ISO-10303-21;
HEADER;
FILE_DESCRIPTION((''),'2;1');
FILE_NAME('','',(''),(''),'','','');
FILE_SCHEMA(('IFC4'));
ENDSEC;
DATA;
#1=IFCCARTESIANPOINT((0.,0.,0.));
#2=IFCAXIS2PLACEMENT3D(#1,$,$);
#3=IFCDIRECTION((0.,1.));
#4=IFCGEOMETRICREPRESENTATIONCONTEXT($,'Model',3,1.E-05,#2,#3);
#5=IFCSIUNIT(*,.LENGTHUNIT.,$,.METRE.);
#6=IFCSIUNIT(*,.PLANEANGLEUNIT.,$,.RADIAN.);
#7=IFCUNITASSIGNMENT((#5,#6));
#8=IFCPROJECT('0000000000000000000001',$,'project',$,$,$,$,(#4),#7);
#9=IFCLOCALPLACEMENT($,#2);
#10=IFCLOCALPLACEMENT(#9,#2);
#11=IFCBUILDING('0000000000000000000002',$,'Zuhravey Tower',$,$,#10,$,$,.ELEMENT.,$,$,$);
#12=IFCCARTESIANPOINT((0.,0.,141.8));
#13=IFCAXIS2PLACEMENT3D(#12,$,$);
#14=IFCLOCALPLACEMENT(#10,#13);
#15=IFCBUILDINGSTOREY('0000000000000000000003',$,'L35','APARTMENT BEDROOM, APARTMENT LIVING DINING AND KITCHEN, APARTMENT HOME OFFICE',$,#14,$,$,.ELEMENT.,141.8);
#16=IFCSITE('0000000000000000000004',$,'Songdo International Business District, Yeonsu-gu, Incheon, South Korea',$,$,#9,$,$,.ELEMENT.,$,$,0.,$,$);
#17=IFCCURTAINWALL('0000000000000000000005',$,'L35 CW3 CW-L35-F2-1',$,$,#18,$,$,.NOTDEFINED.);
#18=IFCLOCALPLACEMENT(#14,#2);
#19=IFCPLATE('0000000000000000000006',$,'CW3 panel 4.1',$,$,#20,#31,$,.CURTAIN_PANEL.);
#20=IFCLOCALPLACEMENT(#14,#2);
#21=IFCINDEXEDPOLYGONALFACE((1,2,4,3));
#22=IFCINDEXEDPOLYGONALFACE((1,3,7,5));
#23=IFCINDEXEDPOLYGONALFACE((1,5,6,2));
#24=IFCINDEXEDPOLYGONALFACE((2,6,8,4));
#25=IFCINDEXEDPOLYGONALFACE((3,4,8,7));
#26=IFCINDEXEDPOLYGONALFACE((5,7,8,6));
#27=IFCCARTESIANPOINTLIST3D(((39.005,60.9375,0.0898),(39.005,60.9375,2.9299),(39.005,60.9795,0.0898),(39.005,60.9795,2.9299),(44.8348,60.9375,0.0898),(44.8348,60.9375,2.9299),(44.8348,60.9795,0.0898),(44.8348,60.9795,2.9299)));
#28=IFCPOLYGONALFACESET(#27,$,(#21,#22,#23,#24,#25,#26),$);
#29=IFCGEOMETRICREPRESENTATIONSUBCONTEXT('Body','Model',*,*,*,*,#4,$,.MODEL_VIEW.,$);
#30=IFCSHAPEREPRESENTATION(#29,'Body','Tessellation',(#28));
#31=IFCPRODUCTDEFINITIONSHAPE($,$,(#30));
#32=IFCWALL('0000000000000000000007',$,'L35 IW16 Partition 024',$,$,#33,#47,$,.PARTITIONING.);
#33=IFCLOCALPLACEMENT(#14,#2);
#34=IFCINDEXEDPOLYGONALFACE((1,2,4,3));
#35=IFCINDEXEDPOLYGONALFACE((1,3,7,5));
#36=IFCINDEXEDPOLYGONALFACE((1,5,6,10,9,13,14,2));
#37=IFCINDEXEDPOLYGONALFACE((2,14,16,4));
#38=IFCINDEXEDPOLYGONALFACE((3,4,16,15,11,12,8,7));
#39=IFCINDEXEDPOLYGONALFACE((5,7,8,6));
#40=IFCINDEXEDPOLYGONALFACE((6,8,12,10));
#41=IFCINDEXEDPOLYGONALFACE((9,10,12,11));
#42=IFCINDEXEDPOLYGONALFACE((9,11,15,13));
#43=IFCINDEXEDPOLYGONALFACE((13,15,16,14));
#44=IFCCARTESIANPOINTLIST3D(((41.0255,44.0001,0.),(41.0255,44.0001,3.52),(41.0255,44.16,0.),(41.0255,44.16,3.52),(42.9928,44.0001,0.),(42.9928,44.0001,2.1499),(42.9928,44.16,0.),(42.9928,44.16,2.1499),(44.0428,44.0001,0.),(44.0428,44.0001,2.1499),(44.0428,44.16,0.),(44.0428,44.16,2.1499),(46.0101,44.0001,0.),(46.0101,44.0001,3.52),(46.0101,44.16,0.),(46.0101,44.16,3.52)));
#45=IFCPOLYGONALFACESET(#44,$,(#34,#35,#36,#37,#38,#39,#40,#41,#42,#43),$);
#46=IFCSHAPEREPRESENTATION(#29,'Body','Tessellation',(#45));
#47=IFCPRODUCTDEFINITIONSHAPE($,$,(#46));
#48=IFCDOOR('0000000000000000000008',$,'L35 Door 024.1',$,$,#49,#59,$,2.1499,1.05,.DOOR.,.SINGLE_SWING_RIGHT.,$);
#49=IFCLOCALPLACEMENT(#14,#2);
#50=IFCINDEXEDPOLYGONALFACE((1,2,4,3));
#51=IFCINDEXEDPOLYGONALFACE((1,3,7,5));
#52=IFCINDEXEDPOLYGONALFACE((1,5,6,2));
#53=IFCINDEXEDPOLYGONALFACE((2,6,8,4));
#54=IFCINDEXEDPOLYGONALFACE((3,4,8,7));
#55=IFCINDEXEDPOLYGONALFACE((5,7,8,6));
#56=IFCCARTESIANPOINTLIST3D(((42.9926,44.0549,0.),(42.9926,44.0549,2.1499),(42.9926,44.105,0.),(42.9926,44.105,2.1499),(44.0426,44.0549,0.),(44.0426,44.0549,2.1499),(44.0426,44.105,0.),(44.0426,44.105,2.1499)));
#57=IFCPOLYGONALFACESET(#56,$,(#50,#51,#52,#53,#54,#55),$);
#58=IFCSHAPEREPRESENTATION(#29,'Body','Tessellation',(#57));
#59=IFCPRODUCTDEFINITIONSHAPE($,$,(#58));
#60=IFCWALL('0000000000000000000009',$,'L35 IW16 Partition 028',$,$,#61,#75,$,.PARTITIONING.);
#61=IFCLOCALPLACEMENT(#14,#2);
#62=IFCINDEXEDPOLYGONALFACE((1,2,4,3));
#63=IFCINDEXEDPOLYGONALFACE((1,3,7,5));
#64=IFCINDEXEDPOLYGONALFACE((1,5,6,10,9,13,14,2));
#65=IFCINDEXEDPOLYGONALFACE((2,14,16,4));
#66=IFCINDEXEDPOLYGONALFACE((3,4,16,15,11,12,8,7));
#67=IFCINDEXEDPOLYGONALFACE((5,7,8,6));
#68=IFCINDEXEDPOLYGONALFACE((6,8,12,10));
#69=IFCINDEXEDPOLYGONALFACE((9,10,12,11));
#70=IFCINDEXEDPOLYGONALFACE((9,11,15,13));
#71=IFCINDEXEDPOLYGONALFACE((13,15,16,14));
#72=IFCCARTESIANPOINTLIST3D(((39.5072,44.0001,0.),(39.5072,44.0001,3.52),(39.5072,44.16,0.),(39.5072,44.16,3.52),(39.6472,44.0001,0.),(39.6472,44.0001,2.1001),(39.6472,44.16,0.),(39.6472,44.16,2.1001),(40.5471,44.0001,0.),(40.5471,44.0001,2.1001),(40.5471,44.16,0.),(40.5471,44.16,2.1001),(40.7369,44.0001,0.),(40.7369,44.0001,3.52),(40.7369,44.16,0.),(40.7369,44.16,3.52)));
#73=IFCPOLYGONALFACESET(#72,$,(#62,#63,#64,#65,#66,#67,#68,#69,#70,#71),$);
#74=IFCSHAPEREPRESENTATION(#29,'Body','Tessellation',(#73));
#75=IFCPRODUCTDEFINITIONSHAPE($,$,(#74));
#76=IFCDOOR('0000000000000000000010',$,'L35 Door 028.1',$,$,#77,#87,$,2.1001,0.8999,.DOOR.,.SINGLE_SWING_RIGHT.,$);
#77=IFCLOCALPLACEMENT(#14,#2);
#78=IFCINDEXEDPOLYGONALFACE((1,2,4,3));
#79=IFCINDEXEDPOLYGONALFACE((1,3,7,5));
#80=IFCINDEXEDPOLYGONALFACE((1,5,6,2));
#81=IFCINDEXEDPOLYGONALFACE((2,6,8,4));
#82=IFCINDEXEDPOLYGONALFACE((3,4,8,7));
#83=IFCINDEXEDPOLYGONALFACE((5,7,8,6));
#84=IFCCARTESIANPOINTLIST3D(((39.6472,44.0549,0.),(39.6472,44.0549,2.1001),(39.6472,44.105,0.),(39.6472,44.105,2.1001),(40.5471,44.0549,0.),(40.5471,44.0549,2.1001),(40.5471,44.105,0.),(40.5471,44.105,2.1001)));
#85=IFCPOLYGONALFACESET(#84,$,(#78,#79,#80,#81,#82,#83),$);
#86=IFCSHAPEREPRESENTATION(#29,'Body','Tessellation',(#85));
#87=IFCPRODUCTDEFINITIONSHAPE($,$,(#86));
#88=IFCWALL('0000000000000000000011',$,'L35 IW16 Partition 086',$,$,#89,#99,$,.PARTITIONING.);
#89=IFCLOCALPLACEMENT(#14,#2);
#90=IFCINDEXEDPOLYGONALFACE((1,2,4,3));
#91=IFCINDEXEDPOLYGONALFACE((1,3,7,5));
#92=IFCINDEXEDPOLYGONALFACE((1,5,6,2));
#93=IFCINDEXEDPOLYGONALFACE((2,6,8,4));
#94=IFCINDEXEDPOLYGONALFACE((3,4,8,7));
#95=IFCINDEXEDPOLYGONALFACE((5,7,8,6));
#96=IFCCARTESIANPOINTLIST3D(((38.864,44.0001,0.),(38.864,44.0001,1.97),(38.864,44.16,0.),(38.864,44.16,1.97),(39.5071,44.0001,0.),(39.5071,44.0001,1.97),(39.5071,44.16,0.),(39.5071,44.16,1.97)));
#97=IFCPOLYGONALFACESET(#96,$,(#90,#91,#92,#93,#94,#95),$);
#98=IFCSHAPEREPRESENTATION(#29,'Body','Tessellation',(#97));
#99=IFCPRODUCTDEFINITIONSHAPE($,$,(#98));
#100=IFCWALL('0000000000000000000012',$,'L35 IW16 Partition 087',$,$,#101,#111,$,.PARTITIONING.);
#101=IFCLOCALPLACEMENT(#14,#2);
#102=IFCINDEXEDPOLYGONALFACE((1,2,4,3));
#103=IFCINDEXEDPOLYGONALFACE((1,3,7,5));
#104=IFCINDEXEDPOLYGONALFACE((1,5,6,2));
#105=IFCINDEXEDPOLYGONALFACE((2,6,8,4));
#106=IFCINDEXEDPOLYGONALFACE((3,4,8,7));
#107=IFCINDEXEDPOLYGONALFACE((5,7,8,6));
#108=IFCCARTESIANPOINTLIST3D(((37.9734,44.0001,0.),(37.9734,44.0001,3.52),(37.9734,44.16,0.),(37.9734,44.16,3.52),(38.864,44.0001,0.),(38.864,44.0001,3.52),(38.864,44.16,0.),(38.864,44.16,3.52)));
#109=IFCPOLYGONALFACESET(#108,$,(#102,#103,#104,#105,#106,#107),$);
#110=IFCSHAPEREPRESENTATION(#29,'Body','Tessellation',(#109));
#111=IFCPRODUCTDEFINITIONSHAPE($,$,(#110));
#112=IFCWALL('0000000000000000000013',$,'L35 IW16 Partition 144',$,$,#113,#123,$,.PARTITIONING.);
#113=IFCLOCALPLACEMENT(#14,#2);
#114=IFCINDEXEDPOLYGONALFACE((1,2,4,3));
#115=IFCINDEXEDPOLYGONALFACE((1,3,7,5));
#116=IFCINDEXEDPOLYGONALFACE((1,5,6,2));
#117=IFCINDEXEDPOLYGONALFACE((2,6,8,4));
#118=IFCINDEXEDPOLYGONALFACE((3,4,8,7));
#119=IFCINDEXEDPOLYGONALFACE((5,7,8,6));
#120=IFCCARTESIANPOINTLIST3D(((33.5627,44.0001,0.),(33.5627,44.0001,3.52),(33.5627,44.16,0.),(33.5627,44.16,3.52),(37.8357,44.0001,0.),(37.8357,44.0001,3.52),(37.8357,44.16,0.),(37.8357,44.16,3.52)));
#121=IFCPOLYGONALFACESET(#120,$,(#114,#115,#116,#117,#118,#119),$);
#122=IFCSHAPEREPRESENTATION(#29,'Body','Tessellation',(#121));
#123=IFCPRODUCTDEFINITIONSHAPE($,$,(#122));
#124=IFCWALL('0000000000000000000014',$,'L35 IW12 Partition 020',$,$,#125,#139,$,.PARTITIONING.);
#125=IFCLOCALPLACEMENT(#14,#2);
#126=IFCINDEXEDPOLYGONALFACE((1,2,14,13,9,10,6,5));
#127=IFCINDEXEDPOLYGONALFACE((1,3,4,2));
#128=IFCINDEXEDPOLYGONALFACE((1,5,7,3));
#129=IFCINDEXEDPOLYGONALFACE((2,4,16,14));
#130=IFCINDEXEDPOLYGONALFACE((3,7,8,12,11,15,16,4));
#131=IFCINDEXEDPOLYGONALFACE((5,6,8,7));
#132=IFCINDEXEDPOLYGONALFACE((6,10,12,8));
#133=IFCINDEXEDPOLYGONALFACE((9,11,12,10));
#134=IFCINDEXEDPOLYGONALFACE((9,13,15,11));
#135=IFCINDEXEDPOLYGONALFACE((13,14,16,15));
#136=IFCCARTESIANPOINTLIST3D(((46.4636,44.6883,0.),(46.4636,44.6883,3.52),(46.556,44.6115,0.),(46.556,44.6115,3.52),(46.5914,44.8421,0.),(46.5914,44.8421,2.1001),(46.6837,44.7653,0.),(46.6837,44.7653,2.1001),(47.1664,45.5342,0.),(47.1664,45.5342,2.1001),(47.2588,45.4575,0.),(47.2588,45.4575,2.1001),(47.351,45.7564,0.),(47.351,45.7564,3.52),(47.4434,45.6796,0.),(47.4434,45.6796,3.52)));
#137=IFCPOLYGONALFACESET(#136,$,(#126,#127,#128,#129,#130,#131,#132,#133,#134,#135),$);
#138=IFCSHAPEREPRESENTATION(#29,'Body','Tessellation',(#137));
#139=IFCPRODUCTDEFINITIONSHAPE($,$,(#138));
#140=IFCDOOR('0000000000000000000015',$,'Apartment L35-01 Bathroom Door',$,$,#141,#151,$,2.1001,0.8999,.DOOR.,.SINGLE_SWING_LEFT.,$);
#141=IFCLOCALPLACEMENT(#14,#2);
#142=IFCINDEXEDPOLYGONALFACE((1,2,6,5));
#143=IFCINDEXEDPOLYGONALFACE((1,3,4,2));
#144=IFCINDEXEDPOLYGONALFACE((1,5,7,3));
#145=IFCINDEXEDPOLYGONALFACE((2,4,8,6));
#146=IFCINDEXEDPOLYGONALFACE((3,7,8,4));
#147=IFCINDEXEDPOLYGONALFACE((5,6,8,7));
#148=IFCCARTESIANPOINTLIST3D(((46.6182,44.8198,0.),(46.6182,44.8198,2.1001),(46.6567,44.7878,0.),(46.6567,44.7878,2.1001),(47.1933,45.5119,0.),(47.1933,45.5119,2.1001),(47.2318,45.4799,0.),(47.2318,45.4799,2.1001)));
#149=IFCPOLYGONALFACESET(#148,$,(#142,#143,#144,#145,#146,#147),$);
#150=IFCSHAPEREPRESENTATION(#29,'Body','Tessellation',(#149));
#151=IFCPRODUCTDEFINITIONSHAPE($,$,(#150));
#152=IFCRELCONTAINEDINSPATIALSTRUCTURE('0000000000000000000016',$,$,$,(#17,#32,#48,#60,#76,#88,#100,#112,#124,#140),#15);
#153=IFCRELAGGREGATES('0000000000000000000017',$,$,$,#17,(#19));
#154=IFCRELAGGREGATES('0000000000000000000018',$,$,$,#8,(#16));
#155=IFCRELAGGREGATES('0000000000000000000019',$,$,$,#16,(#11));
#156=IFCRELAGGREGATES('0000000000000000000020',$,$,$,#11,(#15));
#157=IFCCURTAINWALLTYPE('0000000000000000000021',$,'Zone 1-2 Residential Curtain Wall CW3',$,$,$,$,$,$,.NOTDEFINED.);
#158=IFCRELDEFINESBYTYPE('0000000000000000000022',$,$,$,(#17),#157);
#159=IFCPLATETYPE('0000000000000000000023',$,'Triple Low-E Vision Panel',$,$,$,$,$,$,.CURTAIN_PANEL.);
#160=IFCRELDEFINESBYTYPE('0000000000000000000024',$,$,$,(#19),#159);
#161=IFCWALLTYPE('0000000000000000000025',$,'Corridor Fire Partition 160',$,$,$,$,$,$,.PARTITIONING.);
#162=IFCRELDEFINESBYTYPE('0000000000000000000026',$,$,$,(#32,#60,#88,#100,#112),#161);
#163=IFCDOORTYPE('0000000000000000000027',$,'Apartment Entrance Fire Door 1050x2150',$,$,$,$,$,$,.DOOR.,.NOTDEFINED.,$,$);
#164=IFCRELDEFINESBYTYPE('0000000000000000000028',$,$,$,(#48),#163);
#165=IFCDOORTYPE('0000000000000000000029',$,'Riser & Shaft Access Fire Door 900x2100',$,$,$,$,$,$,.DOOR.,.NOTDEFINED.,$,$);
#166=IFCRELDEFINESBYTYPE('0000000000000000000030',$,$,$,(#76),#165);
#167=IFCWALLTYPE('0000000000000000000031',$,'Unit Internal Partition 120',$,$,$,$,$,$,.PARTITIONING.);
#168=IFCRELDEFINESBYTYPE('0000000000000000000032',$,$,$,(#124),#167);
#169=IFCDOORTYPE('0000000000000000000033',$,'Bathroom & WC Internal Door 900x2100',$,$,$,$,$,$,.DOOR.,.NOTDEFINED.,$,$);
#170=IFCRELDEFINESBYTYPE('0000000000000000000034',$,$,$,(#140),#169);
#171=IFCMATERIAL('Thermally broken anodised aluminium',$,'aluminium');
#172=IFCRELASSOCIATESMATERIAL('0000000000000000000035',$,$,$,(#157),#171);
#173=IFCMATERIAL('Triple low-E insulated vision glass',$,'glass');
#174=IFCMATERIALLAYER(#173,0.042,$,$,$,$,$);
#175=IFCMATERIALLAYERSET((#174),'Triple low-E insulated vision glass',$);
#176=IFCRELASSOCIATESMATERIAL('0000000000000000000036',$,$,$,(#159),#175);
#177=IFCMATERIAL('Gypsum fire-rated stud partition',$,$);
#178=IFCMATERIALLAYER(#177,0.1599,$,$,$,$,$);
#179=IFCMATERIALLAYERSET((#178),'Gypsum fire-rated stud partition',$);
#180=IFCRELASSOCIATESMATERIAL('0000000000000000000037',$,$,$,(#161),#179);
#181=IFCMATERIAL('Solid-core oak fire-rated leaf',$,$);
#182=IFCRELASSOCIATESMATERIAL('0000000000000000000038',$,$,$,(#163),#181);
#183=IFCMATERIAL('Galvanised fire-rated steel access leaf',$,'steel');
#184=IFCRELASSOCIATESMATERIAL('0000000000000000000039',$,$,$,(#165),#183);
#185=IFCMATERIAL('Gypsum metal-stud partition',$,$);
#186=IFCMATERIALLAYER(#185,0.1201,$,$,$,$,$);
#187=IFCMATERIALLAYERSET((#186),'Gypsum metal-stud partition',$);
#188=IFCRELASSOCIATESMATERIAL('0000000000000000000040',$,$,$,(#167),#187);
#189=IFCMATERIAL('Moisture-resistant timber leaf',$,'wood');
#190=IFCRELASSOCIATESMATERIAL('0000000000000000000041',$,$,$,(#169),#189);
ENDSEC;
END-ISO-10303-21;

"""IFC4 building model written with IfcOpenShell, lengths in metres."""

from ifc_helpers import new_model, si_unit, direction, frame, frame_2d, origin, origin_2d, place, context, subcontext, project, spatial, rectangle, extrude, material, layer, layer_set, type_object, element, fill, aggregate, save


model = new_model("IFC4")

# Units and contexts
model_context = context("Model", 3, precision=1e-05, world=origin(), true_north=direction((0.0, 1.0)))
body_context = subcontext(model_context, "Body", "Model", "MODEL_VIEW")
ifc_project = project(units=[si_unit("LENGTHUNIT", "METRE"), si_unit("PLANEANGLEUNIT", "RADIAN")], contexts=[model_context])

# Site, building, storey
site_placement = place(None, origin())
site = spatial("IfcSite", under=ifc_project, at=site_placement, Name="Songdo International Business District, Yeonsu-gu, Incheon, South Korea", CompositionType="ELEMENT", RefElevation=0.0)
building_placement = place(site_placement, origin())
building = spatial("IfcBuilding", under=site, at=building_placement, Name="Zuhravey Tower", CompositionType="ELEMENT")
storey_placement = place(building_placement, frame((0.0, 0.0, 141.8)))
storey = spatial("IfcBuildingStorey", under=building, at=storey_placement, Name="L35", Description="APARTMENT BEDROOM, APARTMENT LIVING DINING AND KITCHEN, APARTMENT HOME OFFICE", CompositionType="ELEMENT", Elevation=141.8)

# Curtain wall
ifc_material_1 = material(Name="Thermally broken anodised aluminium", Category="aluminium")
curtain_wall_type = type_object("IfcCurtainWallType", Name="Zone 1-2 Residential Curtain Wall CW3", PredefinedType="NOTDEFINED", material=ifc_material_1)
curtain_wall_placement = place(storey_placement, origin())
curtain_wall = element("IfcCurtainWall", 1, at=curtain_wall_placement, inside=storey, type_object=curtain_wall_type, Name="L35 CW3 CW-L35-F2-1", PredefinedType="NOTDEFINED")

# Plate
ifc_material_2 = material(Name="Triple low-E insulated vision glass", Category="glass")
ifc_layer_1 = layer(ifc_material_2, 0.042)
ifc_layer_set_1 = layer_set([ifc_layer_1], Name="Triple low-E insulated vision glass")
plate_type_1 = type_object("IfcPlateType", Name="Triple Low-E Vision Panel", PredefinedType="CURTAIN_PANEL", material=ifc_layer_set_1)
plate_1_placement = place(storey_placement, frame((41.9199, 60.9585, 0.0898), z_axis=(0.0, 0.0, 1.0), x_axis=(1.0, 0.0, 0.0)))
plate_1 = element("IfcPlate", 2, at=plate_1_placement, type_object=plate_type_1, Name="CW3 panel 4.1", PredefinedType="CURTAIN_PANEL", context=body_context, shape_type="SweptSolid", body=[
    extrude(rectangle(XDim=5.8298, YDim=0.042, at=origin_2d()), origin(), (0.0, 0.0, 1.0), 2.8401),
])
aggregate(curtain_wall, [plate_1])

# Walls, openings, doors
ifc_material_3 = material(Name="Gypsum fire-rated stud partition")
ifc_layer_2 = layer(ifc_material_3, 0.1599)
ifc_layer_set_2 = layer_set([ifc_layer_2], Name="Gypsum fire-rated stud partition")
wall_type_1 = type_object("IfcWallType", Name="Corridor Fire Partition 160", PredefinedType="PARTITIONING", material=ifc_layer_set_2)
wall_1_placement = place(storey_placement, frame((46.01, 44.0801, 0.0), z_axis=(0.0, 0.0, 1.0), x_axis=(-1.0, 0.0, 0.0)))
wall_1 = element("IfcWall", 3, at=wall_1_placement, inside=storey, type_object=wall_type_1, Name="L35 IW16 Partition 024", PredefinedType="PARTITIONING", context=body_context, shape_type="SweptSolid", body=[
    extrude(rectangle(XDim=4.9846, YDim=0.1599, at=frame_2d((2.4922, 0.0))), origin(), (0.0, 0.0, 1.0), 3.52),
])
opening_1_placement = place(wall_1_placement, frame((1.9673, 0.0, 0.0)))
opening_1 = element("IfcOpeningElement", 4, at=opening_1_placement, cuts=wall_1, PredefinedType="OPENING", context=body_context, shape_type="SweptSolid", body=[
    extrude(rectangle(XDim=1.05, YDim=2.1499, at=frame_2d((0.5249, 1.075))), frame((0.0, 0.092, 0.0), z_axis=(0.0, -1.0, 0.0), x_axis=(1.0, 0.0, 0.0)), (0.0, 0.0, 1.0), 0.1838),
])
ifc_material_4 = material(Name="Solid-core oak fire-rated leaf")
door_type_1 = type_object("IfcDoorType", Name="Apartment Entrance Fire Door 1050x2150", OperationType="NOTDEFINED", PredefinedType="DOOR", material=ifc_material_4)
door_1_placement = place(opening_1_placement, frame((1.05, 0.0, 0.0), z_axis=(0.0, 0.0, 1.0), x_axis=(-1.0, 0.0, 0.0)))
door_1 = element("IfcDoor", 5, at=door_1_placement, inside=storey, type_object=door_type_1, Name="L35 Door 024.1", OperationType="SINGLE_SWING_RIGHT", OverallHeight=2.1499, OverallWidth=1.05, PredefinedType="DOOR", context=body_context, shape_type="SweptSolid", body=[
    extrude(rectangle(XDim=1.05, YDim=2.1499, at=frame_2d((0.5249, 1.075))), frame((0.0, 0.0249, 0.0), z_axis=(0.0, -1.0, 0.0), x_axis=(1.0, 0.0, 0.0)), (0.0, 0.0, 1.0), 0.05),
])
fill(opening_1, door_1)
wall_2_placement = place(storey_placement, frame((40.7368, 44.0801, 0.0), z_axis=(0.0, 0.0, 1.0), x_axis=(-1.0, 0.0, 0.0)))
wall_2 = element("IfcWall", 6, at=wall_2_placement, inside=storey, type_object=wall_type_1, Name="L35 IW16 Partition 028", PredefinedType="PARTITIONING", context=body_context, shape_type="SweptSolid", body=[
    extrude(rectangle(XDim=1.2297, YDim=0.1599, at=frame_2d((0.6147, 0.0))), origin(), (0.0, 0.0, 1.0), 3.52),
])
opening_2_placement = place(wall_2_placement, frame((0.1897, 0.0, 0.0)))
opening_2 = element("IfcOpeningElement", 7, at=opening_2_placement, cuts=wall_2, PredefinedType="OPENING", context=body_context, shape_type="SweptSolid", body=[
    extrude(rectangle(XDim=0.8999, YDim=2.1001, at=frame_2d((0.45, 1.05))), frame((0.0, 0.092, 0.0), z_axis=(0.0, -1.0, 0.0), x_axis=(1.0, 0.0, 0.0)), (0.0, 0.0, 1.0), 0.1838),
])
ifc_material_5 = material(Name="Galvanised fire-rated steel access leaf", Category="steel")
door_type_2 = type_object("IfcDoorType", Name="Riser & Shaft Access Fire Door 900x2100", OperationType="NOTDEFINED", PredefinedType="DOOR", material=ifc_material_5)
door_2_placement = place(opening_2_placement, frame((0.8999, 0.0, 0.0), z_axis=(0.0, 0.0, 1.0), x_axis=(-1.0, 0.0, 0.0)))
door_2 = element("IfcDoor", 8, at=door_2_placement, inside=storey, type_object=door_type_2, Name="L35 Door 028.1", OperationType="SINGLE_SWING_RIGHT", OverallHeight=2.1001, OverallWidth=0.8999, PredefinedType="DOOR", context=body_context, shape_type="SweptSolid", body=[
    extrude(rectangle(XDim=0.8999, YDim=2.1001, at=frame_2d((0.45, 1.05))), frame((0.0, 0.0249, 0.0), z_axis=(0.0, -1.0, 0.0), x_axis=(1.0, 0.0, 0.0)), (0.0, 0.0, 1.0), 0.05),
])
fill(opening_2, door_2)

# Walls
wall_3_placement = place(storey_placement, frame((39.5071, 44.0801, 0.0), z_axis=(0.0, 0.0, 1.0), x_axis=(-1.0, 0.0, 0.0)))
element("IfcWall", 9, at=wall_3_placement, inside=storey, type_object=wall_type_1, Name="L35 IW16 Partition 086", PredefinedType="PARTITIONING", context=body_context, shape_type="SweptSolid", body=[
    extrude(rectangle(XDim=0.6431, YDim=0.1599, at=frame_2d((0.3215, 0.0))), origin(), (0.0, 0.0, 1.0), 1.97),
])
wall_4_placement = place(storey_placement, frame((38.864, 44.0801, 0.0), z_axis=(0.0, 0.0, 1.0), x_axis=(-1.0, 0.0, 0.0)))
element("IfcWall", 10, at=wall_4_placement, inside=storey, type_object=wall_type_1, Name="L35 IW16 Partition 087", PredefinedType="PARTITIONING", context=body_context, shape_type="SweptSolid", body=[
    extrude(rectangle(XDim=0.8906, YDim=0.1599, at=frame_2d((0.4453, 0.0))), origin(), (0.0, 0.0, 1.0), 3.52),
])
wall_5_placement = place(storey_placement, frame((37.8357, 44.0801, 0.0), z_axis=(0.0, 0.0, 1.0), x_axis=(-1.0, 0.0, 0.0)))
element("IfcWall", 11, at=wall_5_placement, inside=storey, type_object=wall_type_1, Name="L35 IW16 Partition 144", PredefinedType="PARTITIONING", context=body_context, shape_type="SweptSolid", body=[
    extrude(rectangle(XDim=4.2729, YDim=0.1599, at=frame_2d((2.1365, 0.0))), origin(), (0.0, 0.0, 1.0), 3.52),
])

# Wall, opening, door
ifc_material_6 = material(Name="Gypsum metal-stud partition")
ifc_layer_3 = layer(ifc_material_6, 0.1201)
ifc_layer_set_3 = layer_set([ifc_layer_3], Name="Gypsum metal-stud partition")
wall_type_2 = type_object("IfcWallType", Name="Unit Internal Partition 120", PredefinedType="PARTITIONING", material=ifc_layer_set_3)
wall_6_placement = place(storey_placement, frame((46.5098, 44.6499, 0.0), z_axis=(0.0, 0.0, 1.0), x_axis=(0.63906, 0.769157, 0.0)))
wall_6 = element("IfcWall", 12, at=wall_6_placement, inside=storey, type_object=wall_type_2, Name="L35 IW12 Partition 020", PredefinedType="PARTITIONING", context=body_context, shape_type="SweptSolid", body=[
    extrude(rectangle(XDim=1.3887, YDim=0.1201, at=frame_2d((0.6943, 0.0))), origin(), (0.0, 0.0, 1.0), 3.52),
])
opening_3_placement = place(wall_6_placement, frame((0.2, 0.0, 0.0)))
opening_3 = element("IfcOpeningElement", 13, at=opening_3_placement, cuts=wall_6, PredefinedType="OPENING", context=body_context, shape_type="SweptSolid", body=[
    extrude(rectangle(XDim=0.8999, YDim=2.1001, at=frame_2d((0.45, 1.05))), frame((0.0, 0.072, 0.0), z_axis=(0.0, -1.0, 0.0), x_axis=(1.0, 0.0, 0.0)), (0.0, 0.0, 1.0), 0.144),
])
ifc_material_7 = material(Name="Moisture-resistant timber leaf", Category="wood")
door_type_3 = type_object("IfcDoorType", Name="Bathroom & WC Internal Door 900x2100", OperationType="NOTDEFINED", PredefinedType="DOOR", material=ifc_material_7)
door_3_placement = place(opening_3_placement, frame((0.8999, 0.0, 0.0), z_axis=(0.0, 0.0, 1.0), x_axis=(-1.0, 0.0, 0.0)))
door_3 = element("IfcDoor", 14, at=door_3_placement, inside=storey, type_object=door_type_3, Name="Apartment L35-01 Bathroom Door", OperationType="SINGLE_SWING_LEFT", OverallHeight=2.1001, OverallWidth=0.8999, PredefinedType="DOOR", context=body_context, shape_type="SweptSolid", body=[
    extrude(rectangle(XDim=0.8999, YDim=2.1001, at=frame_2d((0.45, 1.05))), frame((0.0, 0.0249, 0.0), z_axis=(0.0, -1.0, 0.0), x_axis=(1.0, 0.0, 0.0)), (0.0, 0.0, 1.0), 0.05),
])
fill(opening_3, door_3)

save(model, "model.ifc")
